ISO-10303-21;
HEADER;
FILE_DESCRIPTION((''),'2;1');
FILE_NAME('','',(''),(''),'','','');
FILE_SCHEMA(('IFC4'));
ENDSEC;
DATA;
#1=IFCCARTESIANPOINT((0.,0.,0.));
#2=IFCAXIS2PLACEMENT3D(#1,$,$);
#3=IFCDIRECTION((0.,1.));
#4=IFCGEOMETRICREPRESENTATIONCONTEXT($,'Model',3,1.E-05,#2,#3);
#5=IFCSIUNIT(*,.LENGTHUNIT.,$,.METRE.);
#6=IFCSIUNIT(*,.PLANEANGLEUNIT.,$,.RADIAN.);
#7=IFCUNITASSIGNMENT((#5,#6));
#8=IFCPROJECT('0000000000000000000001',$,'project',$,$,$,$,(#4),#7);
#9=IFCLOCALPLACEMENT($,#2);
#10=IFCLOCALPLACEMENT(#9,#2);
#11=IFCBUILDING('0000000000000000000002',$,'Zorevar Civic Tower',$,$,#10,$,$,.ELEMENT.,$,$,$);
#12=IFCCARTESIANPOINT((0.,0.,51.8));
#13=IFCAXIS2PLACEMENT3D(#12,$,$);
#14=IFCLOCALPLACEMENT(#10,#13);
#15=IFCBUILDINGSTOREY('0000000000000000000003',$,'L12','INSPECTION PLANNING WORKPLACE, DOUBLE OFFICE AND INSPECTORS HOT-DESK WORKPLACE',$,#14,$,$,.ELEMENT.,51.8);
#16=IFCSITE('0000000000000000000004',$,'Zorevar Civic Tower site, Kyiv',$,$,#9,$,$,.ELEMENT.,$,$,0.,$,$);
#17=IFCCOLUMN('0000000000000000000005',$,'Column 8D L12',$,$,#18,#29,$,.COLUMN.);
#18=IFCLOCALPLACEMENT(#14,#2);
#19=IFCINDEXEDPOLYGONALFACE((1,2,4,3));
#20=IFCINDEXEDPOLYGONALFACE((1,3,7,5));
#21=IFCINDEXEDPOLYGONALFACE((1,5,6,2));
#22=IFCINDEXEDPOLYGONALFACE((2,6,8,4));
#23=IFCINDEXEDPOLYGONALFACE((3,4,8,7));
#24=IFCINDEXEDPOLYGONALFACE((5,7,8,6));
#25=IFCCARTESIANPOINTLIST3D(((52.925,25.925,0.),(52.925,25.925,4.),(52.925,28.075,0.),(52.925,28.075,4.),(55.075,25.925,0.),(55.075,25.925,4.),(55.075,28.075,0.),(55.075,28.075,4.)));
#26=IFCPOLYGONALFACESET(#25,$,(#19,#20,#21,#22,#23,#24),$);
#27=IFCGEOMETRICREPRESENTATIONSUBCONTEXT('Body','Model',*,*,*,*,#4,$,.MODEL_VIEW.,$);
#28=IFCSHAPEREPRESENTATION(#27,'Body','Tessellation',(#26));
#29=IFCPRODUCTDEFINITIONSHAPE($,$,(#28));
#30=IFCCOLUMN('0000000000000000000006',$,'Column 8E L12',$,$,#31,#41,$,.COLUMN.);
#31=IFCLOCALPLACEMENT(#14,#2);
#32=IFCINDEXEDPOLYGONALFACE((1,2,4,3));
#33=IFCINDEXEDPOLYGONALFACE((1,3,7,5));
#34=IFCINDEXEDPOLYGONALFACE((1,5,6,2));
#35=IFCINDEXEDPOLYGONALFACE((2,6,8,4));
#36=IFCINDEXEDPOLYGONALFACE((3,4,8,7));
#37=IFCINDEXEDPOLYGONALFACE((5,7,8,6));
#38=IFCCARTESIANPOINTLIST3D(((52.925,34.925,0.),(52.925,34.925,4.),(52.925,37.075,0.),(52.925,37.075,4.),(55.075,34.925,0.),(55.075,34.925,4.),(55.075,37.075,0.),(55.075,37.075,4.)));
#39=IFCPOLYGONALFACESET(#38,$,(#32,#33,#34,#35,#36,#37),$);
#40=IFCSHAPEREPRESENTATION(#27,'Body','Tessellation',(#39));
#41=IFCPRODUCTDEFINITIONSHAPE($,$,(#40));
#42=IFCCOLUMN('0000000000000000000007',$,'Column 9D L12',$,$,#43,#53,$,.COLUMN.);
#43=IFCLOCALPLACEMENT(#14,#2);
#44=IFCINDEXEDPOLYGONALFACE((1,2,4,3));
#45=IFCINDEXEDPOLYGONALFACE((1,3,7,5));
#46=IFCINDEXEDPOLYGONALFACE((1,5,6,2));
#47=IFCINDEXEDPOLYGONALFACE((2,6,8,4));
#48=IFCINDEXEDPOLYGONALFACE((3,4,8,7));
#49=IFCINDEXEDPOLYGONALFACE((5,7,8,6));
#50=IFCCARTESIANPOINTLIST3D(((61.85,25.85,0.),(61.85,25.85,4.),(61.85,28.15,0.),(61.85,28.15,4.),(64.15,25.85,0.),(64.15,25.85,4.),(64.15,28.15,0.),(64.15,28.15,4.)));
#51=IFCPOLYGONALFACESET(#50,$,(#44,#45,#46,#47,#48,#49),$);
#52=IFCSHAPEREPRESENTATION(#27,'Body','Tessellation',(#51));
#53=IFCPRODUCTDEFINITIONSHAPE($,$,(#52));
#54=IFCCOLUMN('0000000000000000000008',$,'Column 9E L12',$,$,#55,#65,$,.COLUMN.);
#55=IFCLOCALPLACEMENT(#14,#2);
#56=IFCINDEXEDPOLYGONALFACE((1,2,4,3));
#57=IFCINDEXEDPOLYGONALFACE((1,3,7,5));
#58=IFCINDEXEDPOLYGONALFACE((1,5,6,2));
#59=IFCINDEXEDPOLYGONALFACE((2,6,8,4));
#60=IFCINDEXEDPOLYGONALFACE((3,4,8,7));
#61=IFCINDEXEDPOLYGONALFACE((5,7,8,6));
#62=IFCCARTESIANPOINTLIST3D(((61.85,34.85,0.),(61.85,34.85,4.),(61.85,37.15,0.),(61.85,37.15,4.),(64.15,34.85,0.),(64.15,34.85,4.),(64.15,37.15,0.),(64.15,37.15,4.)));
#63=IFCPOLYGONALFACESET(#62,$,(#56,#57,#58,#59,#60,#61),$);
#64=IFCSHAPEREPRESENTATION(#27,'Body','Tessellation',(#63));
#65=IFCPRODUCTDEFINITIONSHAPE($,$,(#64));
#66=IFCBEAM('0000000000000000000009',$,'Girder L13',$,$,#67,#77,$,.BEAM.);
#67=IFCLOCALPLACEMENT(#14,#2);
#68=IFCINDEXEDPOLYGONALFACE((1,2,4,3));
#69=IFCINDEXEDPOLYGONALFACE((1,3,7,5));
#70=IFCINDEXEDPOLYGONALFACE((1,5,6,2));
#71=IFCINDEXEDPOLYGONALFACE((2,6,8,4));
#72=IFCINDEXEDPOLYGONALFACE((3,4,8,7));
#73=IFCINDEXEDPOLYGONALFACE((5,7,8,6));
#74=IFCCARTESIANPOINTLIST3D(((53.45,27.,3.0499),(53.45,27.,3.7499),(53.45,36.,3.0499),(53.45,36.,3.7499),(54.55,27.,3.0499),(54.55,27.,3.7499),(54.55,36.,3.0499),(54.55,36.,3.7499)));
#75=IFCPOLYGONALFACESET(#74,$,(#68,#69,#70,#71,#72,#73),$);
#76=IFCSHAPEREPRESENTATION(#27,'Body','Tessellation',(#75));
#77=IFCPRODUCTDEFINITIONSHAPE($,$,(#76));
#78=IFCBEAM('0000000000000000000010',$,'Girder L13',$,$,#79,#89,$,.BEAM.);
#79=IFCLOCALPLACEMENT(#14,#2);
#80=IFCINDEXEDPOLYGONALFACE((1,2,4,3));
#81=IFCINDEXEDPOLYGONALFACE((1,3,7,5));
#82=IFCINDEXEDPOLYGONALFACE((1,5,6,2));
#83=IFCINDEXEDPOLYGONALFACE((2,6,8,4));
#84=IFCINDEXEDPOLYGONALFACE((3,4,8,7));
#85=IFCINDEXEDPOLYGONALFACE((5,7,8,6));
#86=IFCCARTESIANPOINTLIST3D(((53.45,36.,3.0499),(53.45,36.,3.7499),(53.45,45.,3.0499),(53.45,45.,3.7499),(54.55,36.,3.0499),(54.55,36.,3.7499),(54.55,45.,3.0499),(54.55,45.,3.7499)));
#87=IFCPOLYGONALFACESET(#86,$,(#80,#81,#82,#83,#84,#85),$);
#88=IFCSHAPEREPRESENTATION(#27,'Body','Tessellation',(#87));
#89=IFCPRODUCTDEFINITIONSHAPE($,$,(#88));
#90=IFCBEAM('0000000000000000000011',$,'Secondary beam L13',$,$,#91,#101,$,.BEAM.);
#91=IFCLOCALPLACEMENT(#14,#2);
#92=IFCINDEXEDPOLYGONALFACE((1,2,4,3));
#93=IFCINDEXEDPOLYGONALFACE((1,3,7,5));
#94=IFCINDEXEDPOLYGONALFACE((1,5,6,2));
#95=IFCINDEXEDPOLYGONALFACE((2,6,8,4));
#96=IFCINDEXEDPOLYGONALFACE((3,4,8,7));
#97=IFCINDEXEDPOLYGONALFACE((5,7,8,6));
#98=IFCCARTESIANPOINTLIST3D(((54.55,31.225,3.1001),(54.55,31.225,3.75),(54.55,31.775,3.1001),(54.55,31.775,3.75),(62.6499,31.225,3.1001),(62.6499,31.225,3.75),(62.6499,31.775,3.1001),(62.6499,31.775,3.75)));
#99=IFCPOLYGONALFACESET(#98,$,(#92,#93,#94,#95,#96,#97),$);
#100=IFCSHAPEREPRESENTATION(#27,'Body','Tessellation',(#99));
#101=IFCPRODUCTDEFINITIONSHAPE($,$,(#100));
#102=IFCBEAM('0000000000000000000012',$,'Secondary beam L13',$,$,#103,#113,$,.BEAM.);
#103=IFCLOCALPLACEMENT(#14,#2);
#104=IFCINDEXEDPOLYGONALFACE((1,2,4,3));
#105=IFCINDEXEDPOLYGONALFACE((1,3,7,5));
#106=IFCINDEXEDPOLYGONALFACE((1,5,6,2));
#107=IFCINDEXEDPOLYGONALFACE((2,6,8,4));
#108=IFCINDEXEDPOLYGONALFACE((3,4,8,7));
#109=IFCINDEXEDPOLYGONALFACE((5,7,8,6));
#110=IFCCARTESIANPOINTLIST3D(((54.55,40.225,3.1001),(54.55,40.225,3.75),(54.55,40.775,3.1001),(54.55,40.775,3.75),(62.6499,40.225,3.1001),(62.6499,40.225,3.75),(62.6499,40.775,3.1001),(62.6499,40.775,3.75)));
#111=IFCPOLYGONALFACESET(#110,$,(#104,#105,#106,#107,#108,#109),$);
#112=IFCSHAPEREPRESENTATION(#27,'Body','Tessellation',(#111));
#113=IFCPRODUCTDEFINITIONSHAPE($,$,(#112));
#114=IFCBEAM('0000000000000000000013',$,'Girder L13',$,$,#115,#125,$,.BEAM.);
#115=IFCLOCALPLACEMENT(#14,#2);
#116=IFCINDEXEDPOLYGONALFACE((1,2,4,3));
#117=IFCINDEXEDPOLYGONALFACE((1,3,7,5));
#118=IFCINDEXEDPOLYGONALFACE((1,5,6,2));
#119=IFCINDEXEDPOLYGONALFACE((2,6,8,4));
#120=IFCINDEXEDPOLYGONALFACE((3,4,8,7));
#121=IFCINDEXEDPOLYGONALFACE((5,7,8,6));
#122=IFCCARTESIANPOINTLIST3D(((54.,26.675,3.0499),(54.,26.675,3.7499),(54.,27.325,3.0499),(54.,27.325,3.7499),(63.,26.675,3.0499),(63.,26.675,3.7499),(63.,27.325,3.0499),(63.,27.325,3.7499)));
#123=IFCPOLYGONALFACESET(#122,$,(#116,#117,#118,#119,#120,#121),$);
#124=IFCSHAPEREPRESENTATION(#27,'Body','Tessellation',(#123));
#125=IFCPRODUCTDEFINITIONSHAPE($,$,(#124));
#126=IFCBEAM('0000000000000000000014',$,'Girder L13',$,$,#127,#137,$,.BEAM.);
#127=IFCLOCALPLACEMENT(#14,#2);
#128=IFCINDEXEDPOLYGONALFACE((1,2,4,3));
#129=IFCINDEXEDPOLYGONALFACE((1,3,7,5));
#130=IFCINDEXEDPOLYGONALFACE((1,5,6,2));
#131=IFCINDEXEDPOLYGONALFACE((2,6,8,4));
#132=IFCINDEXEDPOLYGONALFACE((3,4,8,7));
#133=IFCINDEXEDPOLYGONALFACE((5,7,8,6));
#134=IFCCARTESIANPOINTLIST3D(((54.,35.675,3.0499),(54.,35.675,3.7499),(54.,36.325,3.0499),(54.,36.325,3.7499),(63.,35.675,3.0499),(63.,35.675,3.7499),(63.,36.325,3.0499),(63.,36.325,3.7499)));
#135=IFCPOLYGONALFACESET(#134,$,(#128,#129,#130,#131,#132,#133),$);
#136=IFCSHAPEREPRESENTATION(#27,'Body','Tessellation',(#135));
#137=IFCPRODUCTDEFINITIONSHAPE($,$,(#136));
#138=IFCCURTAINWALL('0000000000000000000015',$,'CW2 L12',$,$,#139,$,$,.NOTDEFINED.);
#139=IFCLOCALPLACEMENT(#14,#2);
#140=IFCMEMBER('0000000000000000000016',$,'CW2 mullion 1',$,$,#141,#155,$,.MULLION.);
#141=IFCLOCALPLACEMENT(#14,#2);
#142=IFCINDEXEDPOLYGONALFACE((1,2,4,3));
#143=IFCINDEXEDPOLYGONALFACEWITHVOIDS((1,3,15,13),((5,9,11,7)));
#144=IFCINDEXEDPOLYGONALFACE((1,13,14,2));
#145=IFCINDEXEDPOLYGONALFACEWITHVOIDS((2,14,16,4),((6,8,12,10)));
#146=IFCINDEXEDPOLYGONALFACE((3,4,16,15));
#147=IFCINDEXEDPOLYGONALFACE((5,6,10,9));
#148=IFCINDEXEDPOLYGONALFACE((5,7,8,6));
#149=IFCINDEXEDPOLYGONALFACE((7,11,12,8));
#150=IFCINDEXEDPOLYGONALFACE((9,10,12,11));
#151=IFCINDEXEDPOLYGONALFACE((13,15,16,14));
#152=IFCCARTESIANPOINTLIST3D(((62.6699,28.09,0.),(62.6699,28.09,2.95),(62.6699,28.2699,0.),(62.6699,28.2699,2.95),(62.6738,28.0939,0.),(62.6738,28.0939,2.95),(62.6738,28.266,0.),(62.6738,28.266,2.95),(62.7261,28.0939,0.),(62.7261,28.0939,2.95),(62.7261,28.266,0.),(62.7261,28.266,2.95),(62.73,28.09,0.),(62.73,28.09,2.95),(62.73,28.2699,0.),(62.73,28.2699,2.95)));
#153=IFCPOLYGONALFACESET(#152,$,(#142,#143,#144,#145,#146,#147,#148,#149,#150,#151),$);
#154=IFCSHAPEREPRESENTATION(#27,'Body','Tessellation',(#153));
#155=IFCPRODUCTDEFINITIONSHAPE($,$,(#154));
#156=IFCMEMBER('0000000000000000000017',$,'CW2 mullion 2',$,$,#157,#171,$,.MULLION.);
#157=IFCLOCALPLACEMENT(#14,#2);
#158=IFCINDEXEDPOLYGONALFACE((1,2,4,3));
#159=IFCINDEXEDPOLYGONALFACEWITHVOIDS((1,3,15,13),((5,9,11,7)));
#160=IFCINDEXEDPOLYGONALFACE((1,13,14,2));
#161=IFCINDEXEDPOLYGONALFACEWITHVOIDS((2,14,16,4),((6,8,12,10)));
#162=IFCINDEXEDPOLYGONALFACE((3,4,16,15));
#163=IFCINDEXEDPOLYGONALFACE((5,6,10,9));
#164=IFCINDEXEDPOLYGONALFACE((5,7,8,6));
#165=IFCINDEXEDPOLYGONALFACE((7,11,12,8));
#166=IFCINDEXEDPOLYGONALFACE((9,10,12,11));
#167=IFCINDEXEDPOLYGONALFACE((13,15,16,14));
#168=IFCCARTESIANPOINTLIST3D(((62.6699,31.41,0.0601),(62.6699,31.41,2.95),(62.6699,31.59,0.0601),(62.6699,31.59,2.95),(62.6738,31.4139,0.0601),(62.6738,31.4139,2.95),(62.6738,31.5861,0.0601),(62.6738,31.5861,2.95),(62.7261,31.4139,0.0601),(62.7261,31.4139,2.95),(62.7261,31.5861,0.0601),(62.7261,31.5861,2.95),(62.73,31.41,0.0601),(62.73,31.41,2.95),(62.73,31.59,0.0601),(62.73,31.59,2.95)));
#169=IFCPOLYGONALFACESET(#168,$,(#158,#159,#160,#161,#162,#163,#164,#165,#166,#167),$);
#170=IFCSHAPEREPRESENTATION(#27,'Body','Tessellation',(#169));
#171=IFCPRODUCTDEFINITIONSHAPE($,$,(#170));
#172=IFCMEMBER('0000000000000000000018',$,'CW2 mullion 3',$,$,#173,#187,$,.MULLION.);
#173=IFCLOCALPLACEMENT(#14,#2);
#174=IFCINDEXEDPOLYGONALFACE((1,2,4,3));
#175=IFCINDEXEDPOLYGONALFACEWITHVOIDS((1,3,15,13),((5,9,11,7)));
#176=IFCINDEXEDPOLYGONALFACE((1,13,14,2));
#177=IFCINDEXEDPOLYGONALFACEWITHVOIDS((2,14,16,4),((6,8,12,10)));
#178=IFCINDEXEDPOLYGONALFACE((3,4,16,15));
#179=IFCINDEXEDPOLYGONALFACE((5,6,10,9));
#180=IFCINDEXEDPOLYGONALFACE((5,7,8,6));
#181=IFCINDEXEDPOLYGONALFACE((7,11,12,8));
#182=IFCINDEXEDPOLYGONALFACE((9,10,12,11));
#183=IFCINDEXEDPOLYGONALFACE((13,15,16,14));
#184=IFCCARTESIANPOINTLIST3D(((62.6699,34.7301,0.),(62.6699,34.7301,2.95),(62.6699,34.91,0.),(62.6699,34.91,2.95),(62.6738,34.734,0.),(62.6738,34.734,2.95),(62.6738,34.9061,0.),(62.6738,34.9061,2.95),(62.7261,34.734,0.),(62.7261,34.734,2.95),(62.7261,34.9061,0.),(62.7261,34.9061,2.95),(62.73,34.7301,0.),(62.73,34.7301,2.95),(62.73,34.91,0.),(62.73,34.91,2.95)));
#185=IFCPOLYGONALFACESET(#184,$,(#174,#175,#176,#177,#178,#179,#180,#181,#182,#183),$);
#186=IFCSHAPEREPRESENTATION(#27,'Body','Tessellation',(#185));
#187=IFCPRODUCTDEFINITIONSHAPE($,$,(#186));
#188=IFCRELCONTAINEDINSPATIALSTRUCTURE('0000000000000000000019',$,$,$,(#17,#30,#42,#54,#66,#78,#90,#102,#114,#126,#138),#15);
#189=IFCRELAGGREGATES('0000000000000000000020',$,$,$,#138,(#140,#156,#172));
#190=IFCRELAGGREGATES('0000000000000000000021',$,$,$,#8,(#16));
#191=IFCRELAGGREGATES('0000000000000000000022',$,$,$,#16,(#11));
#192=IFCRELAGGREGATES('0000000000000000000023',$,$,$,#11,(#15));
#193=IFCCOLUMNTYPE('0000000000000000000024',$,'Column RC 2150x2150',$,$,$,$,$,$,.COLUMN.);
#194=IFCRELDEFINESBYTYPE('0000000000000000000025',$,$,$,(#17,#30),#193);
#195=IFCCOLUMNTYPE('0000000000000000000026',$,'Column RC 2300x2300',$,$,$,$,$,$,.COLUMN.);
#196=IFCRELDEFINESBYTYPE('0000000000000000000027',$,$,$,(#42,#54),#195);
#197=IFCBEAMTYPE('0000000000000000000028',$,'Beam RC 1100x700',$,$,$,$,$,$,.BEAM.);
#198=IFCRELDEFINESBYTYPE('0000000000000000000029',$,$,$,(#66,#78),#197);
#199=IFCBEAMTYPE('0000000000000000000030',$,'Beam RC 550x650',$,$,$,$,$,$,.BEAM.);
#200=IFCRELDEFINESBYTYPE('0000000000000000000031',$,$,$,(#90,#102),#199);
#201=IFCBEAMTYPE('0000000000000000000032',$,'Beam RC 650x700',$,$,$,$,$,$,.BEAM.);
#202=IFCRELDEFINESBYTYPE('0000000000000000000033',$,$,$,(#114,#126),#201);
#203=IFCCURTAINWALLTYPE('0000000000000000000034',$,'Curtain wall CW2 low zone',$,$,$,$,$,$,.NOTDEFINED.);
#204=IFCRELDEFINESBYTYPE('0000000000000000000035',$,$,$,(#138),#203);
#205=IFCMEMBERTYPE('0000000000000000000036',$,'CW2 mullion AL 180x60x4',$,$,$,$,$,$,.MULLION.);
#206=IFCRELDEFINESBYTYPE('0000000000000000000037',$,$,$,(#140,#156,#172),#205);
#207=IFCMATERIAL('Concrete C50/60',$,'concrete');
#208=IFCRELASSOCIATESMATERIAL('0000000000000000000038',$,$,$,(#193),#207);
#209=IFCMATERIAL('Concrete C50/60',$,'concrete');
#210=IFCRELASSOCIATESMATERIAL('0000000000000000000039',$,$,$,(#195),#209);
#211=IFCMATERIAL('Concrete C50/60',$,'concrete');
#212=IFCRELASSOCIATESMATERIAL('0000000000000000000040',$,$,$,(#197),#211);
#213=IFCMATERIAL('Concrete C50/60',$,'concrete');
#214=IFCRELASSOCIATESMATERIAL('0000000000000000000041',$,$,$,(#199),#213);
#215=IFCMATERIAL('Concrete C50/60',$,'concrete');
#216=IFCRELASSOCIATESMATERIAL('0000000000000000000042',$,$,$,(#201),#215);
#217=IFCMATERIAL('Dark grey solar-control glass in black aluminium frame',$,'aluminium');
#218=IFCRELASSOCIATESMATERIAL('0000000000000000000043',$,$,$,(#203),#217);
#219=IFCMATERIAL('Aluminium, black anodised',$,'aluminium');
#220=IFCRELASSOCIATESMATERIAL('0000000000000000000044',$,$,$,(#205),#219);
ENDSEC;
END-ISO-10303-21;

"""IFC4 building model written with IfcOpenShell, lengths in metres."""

from ifc_helpers import new_model, si_unit, direction, frame, origin, origin_2d, place, context, subcontext, project, spatial, rectangle, hollow_rectangle, extrude, material, material_profile, profile_set, type_object, element, aggregate, save


model = new_model("IFC4")

# Units and contexts
model_context = context("Model", 3, precision=1e-05, world=origin(), true_north=direction((0.0, 1.0)))
body_context = subcontext(model_context, "Body", "Model", "MODEL_VIEW")
ifc_project = project(units=[si_unit("LENGTHUNIT", "METRE"), si_unit("PLANEANGLEUNIT", "RADIAN")], contexts=[model_context])

# Site, building, storey
site_placement = place(None, origin())
site = spatial("IfcSite", under=ifc_project, at=site_placement, Name="Zorevar Civic Tower site, Kyiv", CompositionType="ELEMENT", RefElevation=0.0)
building_placement = place(site_placement, origin())
building = spatial("IfcBuilding", under=site, at=building_placement, Name="Zorevar Civic Tower", CompositionType="ELEMENT")
storey_placement = place(building_placement, frame((0.0, 0.0, 51.8)))
storey = spatial("IfcBuildingStorey", under=building, at=storey_placement, Name="L12", Description="INSPECTION PLANNING WORKPLACE, DOUBLE OFFICE AND INSPECTORS HOT-DESK WORKPLACE", CompositionType="ELEMENT", Elevation=51.8)

# Columns
ifc_material_1 = material(Name="Concrete C50/60", Category="concrete")
ifc_material_profile_1 = material_profile(ifc_material_1, rectangle(XDim=2.1499, YDim=2.1499, at=origin_2d()), Name="RC 2150x2150")
ifc_profile_set_1 = profile_set([ifc_material_profile_1], Name="Concrete C50/60")
column_type_1 = type_object("IfcColumnType", Name="Column RC 2150x2150", PredefinedType="COLUMN", material=ifc_profile_set_1)
for number, where, z_axis, x_axis, name in (
    (1, (54.0, 27.0, 0.0), (0.0, 0.0, 1.0), (1.0, 0.0, 0.0), "Column 8D L12"),
    (2, (54.0, 36.0, 0.0), (0.0, 0.0, 1.0), (1.0, 0.0, 0.0), "Column 8E L12"),
):
    element("IfcColumn", number, at=place(storey_placement, frame(where, z_axis=z_axis, x_axis=x_axis)), inside=storey, type_object=column_type_1, Name=name, PredefinedType="COLUMN", context=body_context, shape_type="SweptSolid", body=[
        extrude(rectangle(XDim=2.1499, YDim=2.1499, at=origin_2d()), origin(), (0.0, 0.0, 1.0), 4.0),
    ])
ifc_material_2 = material(Name="Concrete C50/60", Category="concrete")
ifc_material_profile_2 = material_profile(ifc_material_2, rectangle(XDim=2.3, YDim=2.3, at=origin_2d()), Name="RC 2300x2300")
ifc_profile_set_2 = profile_set([ifc_material_profile_2], Name="Concrete C50/60")
column_type_2 = type_object("IfcColumnType", Name="Column RC 2300x2300", PredefinedType="COLUMN", material=ifc_profile_set_2)
for number, where, z_axis, x_axis, name in (
    (3, (63.0, 27.0, 0.0), (0.0, 0.0, 1.0), (1.0, 0.0, 0.0), "Column 9D L12"),
    (4, (63.0, 36.0, 0.0), (0.0, 0.0, 1.0), (1.0, 0.0, 0.0), "Column 9E L12"),
):
    element("IfcColumn", number, at=place(storey_placement, frame(where, z_axis=z_axis, x_axis=x_axis)), inside=storey, type_object=column_type_2, Name=name, PredefinedType="COLUMN", context=body_context, shape_type="SweptSolid", body=[
        extrude(rectangle(XDim=2.3, YDim=2.3, at=origin_2d()), origin(), (0.0, 0.0, 1.0), 4.0),
    ])

# Beams
ifc_material_3 = material(Name="Concrete C50/60", Category="concrete")
ifc_material_profile_3 = material_profile(ifc_material_3, rectangle(XDim=1.1001, YDim=0.7, at=origin_2d()), Name="RC 1100x700")
ifc_profile_set_3 = profile_set([ifc_material_profile_3], Name="Concrete C50/60")
beam_type_1 = type_object("IfcBeamType", Name="Beam RC 1100x700", PredefinedType="BEAM", material=ifc_profile_set_3)
for number, where, z_axis, x_axis, name in (
    (5, (54.0, 27.0, 3.3999), (0.0, 1.0, 0.0), (-1.0, 0.0, 0.0), "Girder L13"),
    (6, (54.0, 36.0, 3.3999), (0.0, 1.0, 0.0), (-1.0, 0.0, 0.0), "Girder L13"),
):
    element("IfcBeam", number, at=place(storey_placement, frame(where, z_axis=z_axis, x_axis=x_axis)), inside=storey, type_object=beam_type_1, Name=name, PredefinedType="BEAM", context=body_context, shape_type="SweptSolid", body=[
        extrude(rectangle(XDim=1.1001, YDim=0.7, at=origin_2d()), origin(), (0.0, 0.0, 1.0), 9.0),
    ])
ifc_material_4 = material(Name="Concrete C50/60", Category="concrete")
ifc_material_profile_4 = material_profile(ifc_material_4, rectangle(XDim=0.55, YDim=0.6499, at=origin_2d()), Name="RC 550x650")
ifc_profile_set_4 = profile_set([ifc_material_profile_4], Name="Concrete C50/60")
beam_type_2 = type_object("IfcBeamType", Name="Beam RC 550x650", PredefinedType="BEAM", material=ifc_profile_set_4)
for number, where, z_axis, x_axis, name in (
    (7, (54.55, 31.5, 3.425), (1.0, 0.0, 0.0), (0.0, 1.0, 0.0), "Secondary beam L13"),
    (8, (54.55, 40.5, 3.425), (1.0, 0.0, 0.0), (0.0, 1.0, 0.0), "Secondary beam L13"),
):
    element("IfcBeam", number, at=place(storey_placement, frame(where, z_axis=z_axis, x_axis=x_axis)), inside=storey, type_object=beam_type_2, Name=name, PredefinedType="BEAM", context=body_context, shape_type="SweptSolid", body=[
        extrude(rectangle(XDim=0.55, YDim=0.6499, at=origin_2d()), origin(), (0.0, 0.0, 1.0), 8.0999),
    ])
ifc_material_5 = material(Name="Concrete C50/60", Category="concrete")
ifc_material_profile_5 = material_profile(ifc_material_5, rectangle(XDim=0.6499, YDim=0.7, at=origin_2d()), Name="RC 650x700")
ifc_profile_set_5 = profile_set([ifc_material_profile_5], Name="Concrete C50/60")
beam_type_3 = type_object("IfcBeamType", Name="Beam RC 650x700", PredefinedType="BEAM", material=ifc_profile_set_5)
for number, where, z_axis, x_axis, name in (
    (9, (54.0, 27.0, 3.3999), (1.0, 0.0, 0.0), (0.0, 1.0, 0.0), "Girder L13"),
    (10, (54.0, 36.0, 3.3999), (1.0, 0.0, 0.0), (0.0, 1.0, 0.0), "Girder L13"),
):
    element("IfcBeam", number, at=place(storey_placement, frame(where, z_axis=z_axis, x_axis=x_axis)), inside=storey, type_object=beam_type_3, Name=name, PredefinedType="BEAM", context=body_context, shape_type="SweptSolid", body=[
        extrude(rectangle(XDim=0.6499, YDim=0.7, at=origin_2d()), origin(), (0.0, 0.0, 1.0), 9.0),
    ])

# Curtain wall, members
ifc_material_6 = material(Name="Dark grey solar-control glass in black aluminium frame", Category="aluminium")
curtain_wall_type = type_object("IfcCurtainWallType", Name="Curtain wall CW2 low zone", PredefinedType="NOTDEFINED", material=ifc_material_6)
curtain_wall_1_placement = place(storey_placement, origin())
curtain_wall_1 = element("IfcCurtainWall", 11, at=curtain_wall_1_placement, inside=storey, type_object=curtain_wall_type, Name="CW2 L12", PredefinedType="NOTDEFINED")
ifc_material_7 = material(Name="Aluminium, black anodised", Category="aluminium")
ifc_material_profile_6 = material_profile(ifc_material_7, hollow_rectangle(XDim=0.0601, YDim=0.1799, WallThickness=0.0039, at=origin_2d()), Name="AL 180x60x4")
ifc_profile_set_6 = profile_set([ifc_material_profile_6], Name="Aluminium, black anodised")
member_type_1 = type_object("IfcMemberType", Name="CW2 mullion AL 180x60x4", PredefinedType="MULLION", material=ifc_profile_set_6)
member_1_placement = place(storey_placement, frame((62.7, 28.1799, 0.0), z_axis=(0.0, 0.0, 1.0), x_axis=(-1.0, 0.0, 0.0)))
member_1 = element("IfcMember", 12, at=member_1_placement, type_object=member_type_1, Name="CW2 mullion 1", PredefinedType="MULLION", context=body_context, shape_type="SweptSolid", body=[
    extrude(hollow_rectangle(XDim=0.0601, YDim=0.1799, WallThickness=0.0039, at=origin_2d()), origin(), (0.0, 0.0, 1.0), 2.95),
])
member_2_placement = place(storey_placement, frame((62.7, 31.5, 0.0601), z_axis=(0.0, 0.0, 1.0), x_axis=(-1.0, 0.0, 0.0)))
member_2 = element("IfcMember", 13, at=member_2_placement, type_object=member_type_1, Name="CW2 mullion 2", PredefinedType="MULLION", context=body_context, shape_type="SweptSolid", body=[
    extrude(hollow_rectangle(XDim=0.0601, YDim=0.1799, WallThickness=0.0039, at=origin_2d()), origin(), (0.0, 0.0, 1.0), 2.8899),
])
member_3_placement = place(storey_placement, frame((62.7, 34.8201, 0.0), z_axis=(0.0, 0.0, 1.0), x_axis=(-1.0, 0.0, 0.0)))
member_3 = element("IfcMember", 14, at=member_3_placement, type_object=member_type_1, Name="CW2 mullion 3", PredefinedType="MULLION", context=body_context, shape_type="SweptSolid", body=[
    extrude(hollow_rectangle(XDim=0.0601, YDim=0.1799, WallThickness=0.0039, at=origin_2d()), origin(), (0.0, 0.0, 1.0), 2.95),
])

aggregate(curtain_wall_1, [member_1, member_2, member_3])

save(model, "model.ifc")
